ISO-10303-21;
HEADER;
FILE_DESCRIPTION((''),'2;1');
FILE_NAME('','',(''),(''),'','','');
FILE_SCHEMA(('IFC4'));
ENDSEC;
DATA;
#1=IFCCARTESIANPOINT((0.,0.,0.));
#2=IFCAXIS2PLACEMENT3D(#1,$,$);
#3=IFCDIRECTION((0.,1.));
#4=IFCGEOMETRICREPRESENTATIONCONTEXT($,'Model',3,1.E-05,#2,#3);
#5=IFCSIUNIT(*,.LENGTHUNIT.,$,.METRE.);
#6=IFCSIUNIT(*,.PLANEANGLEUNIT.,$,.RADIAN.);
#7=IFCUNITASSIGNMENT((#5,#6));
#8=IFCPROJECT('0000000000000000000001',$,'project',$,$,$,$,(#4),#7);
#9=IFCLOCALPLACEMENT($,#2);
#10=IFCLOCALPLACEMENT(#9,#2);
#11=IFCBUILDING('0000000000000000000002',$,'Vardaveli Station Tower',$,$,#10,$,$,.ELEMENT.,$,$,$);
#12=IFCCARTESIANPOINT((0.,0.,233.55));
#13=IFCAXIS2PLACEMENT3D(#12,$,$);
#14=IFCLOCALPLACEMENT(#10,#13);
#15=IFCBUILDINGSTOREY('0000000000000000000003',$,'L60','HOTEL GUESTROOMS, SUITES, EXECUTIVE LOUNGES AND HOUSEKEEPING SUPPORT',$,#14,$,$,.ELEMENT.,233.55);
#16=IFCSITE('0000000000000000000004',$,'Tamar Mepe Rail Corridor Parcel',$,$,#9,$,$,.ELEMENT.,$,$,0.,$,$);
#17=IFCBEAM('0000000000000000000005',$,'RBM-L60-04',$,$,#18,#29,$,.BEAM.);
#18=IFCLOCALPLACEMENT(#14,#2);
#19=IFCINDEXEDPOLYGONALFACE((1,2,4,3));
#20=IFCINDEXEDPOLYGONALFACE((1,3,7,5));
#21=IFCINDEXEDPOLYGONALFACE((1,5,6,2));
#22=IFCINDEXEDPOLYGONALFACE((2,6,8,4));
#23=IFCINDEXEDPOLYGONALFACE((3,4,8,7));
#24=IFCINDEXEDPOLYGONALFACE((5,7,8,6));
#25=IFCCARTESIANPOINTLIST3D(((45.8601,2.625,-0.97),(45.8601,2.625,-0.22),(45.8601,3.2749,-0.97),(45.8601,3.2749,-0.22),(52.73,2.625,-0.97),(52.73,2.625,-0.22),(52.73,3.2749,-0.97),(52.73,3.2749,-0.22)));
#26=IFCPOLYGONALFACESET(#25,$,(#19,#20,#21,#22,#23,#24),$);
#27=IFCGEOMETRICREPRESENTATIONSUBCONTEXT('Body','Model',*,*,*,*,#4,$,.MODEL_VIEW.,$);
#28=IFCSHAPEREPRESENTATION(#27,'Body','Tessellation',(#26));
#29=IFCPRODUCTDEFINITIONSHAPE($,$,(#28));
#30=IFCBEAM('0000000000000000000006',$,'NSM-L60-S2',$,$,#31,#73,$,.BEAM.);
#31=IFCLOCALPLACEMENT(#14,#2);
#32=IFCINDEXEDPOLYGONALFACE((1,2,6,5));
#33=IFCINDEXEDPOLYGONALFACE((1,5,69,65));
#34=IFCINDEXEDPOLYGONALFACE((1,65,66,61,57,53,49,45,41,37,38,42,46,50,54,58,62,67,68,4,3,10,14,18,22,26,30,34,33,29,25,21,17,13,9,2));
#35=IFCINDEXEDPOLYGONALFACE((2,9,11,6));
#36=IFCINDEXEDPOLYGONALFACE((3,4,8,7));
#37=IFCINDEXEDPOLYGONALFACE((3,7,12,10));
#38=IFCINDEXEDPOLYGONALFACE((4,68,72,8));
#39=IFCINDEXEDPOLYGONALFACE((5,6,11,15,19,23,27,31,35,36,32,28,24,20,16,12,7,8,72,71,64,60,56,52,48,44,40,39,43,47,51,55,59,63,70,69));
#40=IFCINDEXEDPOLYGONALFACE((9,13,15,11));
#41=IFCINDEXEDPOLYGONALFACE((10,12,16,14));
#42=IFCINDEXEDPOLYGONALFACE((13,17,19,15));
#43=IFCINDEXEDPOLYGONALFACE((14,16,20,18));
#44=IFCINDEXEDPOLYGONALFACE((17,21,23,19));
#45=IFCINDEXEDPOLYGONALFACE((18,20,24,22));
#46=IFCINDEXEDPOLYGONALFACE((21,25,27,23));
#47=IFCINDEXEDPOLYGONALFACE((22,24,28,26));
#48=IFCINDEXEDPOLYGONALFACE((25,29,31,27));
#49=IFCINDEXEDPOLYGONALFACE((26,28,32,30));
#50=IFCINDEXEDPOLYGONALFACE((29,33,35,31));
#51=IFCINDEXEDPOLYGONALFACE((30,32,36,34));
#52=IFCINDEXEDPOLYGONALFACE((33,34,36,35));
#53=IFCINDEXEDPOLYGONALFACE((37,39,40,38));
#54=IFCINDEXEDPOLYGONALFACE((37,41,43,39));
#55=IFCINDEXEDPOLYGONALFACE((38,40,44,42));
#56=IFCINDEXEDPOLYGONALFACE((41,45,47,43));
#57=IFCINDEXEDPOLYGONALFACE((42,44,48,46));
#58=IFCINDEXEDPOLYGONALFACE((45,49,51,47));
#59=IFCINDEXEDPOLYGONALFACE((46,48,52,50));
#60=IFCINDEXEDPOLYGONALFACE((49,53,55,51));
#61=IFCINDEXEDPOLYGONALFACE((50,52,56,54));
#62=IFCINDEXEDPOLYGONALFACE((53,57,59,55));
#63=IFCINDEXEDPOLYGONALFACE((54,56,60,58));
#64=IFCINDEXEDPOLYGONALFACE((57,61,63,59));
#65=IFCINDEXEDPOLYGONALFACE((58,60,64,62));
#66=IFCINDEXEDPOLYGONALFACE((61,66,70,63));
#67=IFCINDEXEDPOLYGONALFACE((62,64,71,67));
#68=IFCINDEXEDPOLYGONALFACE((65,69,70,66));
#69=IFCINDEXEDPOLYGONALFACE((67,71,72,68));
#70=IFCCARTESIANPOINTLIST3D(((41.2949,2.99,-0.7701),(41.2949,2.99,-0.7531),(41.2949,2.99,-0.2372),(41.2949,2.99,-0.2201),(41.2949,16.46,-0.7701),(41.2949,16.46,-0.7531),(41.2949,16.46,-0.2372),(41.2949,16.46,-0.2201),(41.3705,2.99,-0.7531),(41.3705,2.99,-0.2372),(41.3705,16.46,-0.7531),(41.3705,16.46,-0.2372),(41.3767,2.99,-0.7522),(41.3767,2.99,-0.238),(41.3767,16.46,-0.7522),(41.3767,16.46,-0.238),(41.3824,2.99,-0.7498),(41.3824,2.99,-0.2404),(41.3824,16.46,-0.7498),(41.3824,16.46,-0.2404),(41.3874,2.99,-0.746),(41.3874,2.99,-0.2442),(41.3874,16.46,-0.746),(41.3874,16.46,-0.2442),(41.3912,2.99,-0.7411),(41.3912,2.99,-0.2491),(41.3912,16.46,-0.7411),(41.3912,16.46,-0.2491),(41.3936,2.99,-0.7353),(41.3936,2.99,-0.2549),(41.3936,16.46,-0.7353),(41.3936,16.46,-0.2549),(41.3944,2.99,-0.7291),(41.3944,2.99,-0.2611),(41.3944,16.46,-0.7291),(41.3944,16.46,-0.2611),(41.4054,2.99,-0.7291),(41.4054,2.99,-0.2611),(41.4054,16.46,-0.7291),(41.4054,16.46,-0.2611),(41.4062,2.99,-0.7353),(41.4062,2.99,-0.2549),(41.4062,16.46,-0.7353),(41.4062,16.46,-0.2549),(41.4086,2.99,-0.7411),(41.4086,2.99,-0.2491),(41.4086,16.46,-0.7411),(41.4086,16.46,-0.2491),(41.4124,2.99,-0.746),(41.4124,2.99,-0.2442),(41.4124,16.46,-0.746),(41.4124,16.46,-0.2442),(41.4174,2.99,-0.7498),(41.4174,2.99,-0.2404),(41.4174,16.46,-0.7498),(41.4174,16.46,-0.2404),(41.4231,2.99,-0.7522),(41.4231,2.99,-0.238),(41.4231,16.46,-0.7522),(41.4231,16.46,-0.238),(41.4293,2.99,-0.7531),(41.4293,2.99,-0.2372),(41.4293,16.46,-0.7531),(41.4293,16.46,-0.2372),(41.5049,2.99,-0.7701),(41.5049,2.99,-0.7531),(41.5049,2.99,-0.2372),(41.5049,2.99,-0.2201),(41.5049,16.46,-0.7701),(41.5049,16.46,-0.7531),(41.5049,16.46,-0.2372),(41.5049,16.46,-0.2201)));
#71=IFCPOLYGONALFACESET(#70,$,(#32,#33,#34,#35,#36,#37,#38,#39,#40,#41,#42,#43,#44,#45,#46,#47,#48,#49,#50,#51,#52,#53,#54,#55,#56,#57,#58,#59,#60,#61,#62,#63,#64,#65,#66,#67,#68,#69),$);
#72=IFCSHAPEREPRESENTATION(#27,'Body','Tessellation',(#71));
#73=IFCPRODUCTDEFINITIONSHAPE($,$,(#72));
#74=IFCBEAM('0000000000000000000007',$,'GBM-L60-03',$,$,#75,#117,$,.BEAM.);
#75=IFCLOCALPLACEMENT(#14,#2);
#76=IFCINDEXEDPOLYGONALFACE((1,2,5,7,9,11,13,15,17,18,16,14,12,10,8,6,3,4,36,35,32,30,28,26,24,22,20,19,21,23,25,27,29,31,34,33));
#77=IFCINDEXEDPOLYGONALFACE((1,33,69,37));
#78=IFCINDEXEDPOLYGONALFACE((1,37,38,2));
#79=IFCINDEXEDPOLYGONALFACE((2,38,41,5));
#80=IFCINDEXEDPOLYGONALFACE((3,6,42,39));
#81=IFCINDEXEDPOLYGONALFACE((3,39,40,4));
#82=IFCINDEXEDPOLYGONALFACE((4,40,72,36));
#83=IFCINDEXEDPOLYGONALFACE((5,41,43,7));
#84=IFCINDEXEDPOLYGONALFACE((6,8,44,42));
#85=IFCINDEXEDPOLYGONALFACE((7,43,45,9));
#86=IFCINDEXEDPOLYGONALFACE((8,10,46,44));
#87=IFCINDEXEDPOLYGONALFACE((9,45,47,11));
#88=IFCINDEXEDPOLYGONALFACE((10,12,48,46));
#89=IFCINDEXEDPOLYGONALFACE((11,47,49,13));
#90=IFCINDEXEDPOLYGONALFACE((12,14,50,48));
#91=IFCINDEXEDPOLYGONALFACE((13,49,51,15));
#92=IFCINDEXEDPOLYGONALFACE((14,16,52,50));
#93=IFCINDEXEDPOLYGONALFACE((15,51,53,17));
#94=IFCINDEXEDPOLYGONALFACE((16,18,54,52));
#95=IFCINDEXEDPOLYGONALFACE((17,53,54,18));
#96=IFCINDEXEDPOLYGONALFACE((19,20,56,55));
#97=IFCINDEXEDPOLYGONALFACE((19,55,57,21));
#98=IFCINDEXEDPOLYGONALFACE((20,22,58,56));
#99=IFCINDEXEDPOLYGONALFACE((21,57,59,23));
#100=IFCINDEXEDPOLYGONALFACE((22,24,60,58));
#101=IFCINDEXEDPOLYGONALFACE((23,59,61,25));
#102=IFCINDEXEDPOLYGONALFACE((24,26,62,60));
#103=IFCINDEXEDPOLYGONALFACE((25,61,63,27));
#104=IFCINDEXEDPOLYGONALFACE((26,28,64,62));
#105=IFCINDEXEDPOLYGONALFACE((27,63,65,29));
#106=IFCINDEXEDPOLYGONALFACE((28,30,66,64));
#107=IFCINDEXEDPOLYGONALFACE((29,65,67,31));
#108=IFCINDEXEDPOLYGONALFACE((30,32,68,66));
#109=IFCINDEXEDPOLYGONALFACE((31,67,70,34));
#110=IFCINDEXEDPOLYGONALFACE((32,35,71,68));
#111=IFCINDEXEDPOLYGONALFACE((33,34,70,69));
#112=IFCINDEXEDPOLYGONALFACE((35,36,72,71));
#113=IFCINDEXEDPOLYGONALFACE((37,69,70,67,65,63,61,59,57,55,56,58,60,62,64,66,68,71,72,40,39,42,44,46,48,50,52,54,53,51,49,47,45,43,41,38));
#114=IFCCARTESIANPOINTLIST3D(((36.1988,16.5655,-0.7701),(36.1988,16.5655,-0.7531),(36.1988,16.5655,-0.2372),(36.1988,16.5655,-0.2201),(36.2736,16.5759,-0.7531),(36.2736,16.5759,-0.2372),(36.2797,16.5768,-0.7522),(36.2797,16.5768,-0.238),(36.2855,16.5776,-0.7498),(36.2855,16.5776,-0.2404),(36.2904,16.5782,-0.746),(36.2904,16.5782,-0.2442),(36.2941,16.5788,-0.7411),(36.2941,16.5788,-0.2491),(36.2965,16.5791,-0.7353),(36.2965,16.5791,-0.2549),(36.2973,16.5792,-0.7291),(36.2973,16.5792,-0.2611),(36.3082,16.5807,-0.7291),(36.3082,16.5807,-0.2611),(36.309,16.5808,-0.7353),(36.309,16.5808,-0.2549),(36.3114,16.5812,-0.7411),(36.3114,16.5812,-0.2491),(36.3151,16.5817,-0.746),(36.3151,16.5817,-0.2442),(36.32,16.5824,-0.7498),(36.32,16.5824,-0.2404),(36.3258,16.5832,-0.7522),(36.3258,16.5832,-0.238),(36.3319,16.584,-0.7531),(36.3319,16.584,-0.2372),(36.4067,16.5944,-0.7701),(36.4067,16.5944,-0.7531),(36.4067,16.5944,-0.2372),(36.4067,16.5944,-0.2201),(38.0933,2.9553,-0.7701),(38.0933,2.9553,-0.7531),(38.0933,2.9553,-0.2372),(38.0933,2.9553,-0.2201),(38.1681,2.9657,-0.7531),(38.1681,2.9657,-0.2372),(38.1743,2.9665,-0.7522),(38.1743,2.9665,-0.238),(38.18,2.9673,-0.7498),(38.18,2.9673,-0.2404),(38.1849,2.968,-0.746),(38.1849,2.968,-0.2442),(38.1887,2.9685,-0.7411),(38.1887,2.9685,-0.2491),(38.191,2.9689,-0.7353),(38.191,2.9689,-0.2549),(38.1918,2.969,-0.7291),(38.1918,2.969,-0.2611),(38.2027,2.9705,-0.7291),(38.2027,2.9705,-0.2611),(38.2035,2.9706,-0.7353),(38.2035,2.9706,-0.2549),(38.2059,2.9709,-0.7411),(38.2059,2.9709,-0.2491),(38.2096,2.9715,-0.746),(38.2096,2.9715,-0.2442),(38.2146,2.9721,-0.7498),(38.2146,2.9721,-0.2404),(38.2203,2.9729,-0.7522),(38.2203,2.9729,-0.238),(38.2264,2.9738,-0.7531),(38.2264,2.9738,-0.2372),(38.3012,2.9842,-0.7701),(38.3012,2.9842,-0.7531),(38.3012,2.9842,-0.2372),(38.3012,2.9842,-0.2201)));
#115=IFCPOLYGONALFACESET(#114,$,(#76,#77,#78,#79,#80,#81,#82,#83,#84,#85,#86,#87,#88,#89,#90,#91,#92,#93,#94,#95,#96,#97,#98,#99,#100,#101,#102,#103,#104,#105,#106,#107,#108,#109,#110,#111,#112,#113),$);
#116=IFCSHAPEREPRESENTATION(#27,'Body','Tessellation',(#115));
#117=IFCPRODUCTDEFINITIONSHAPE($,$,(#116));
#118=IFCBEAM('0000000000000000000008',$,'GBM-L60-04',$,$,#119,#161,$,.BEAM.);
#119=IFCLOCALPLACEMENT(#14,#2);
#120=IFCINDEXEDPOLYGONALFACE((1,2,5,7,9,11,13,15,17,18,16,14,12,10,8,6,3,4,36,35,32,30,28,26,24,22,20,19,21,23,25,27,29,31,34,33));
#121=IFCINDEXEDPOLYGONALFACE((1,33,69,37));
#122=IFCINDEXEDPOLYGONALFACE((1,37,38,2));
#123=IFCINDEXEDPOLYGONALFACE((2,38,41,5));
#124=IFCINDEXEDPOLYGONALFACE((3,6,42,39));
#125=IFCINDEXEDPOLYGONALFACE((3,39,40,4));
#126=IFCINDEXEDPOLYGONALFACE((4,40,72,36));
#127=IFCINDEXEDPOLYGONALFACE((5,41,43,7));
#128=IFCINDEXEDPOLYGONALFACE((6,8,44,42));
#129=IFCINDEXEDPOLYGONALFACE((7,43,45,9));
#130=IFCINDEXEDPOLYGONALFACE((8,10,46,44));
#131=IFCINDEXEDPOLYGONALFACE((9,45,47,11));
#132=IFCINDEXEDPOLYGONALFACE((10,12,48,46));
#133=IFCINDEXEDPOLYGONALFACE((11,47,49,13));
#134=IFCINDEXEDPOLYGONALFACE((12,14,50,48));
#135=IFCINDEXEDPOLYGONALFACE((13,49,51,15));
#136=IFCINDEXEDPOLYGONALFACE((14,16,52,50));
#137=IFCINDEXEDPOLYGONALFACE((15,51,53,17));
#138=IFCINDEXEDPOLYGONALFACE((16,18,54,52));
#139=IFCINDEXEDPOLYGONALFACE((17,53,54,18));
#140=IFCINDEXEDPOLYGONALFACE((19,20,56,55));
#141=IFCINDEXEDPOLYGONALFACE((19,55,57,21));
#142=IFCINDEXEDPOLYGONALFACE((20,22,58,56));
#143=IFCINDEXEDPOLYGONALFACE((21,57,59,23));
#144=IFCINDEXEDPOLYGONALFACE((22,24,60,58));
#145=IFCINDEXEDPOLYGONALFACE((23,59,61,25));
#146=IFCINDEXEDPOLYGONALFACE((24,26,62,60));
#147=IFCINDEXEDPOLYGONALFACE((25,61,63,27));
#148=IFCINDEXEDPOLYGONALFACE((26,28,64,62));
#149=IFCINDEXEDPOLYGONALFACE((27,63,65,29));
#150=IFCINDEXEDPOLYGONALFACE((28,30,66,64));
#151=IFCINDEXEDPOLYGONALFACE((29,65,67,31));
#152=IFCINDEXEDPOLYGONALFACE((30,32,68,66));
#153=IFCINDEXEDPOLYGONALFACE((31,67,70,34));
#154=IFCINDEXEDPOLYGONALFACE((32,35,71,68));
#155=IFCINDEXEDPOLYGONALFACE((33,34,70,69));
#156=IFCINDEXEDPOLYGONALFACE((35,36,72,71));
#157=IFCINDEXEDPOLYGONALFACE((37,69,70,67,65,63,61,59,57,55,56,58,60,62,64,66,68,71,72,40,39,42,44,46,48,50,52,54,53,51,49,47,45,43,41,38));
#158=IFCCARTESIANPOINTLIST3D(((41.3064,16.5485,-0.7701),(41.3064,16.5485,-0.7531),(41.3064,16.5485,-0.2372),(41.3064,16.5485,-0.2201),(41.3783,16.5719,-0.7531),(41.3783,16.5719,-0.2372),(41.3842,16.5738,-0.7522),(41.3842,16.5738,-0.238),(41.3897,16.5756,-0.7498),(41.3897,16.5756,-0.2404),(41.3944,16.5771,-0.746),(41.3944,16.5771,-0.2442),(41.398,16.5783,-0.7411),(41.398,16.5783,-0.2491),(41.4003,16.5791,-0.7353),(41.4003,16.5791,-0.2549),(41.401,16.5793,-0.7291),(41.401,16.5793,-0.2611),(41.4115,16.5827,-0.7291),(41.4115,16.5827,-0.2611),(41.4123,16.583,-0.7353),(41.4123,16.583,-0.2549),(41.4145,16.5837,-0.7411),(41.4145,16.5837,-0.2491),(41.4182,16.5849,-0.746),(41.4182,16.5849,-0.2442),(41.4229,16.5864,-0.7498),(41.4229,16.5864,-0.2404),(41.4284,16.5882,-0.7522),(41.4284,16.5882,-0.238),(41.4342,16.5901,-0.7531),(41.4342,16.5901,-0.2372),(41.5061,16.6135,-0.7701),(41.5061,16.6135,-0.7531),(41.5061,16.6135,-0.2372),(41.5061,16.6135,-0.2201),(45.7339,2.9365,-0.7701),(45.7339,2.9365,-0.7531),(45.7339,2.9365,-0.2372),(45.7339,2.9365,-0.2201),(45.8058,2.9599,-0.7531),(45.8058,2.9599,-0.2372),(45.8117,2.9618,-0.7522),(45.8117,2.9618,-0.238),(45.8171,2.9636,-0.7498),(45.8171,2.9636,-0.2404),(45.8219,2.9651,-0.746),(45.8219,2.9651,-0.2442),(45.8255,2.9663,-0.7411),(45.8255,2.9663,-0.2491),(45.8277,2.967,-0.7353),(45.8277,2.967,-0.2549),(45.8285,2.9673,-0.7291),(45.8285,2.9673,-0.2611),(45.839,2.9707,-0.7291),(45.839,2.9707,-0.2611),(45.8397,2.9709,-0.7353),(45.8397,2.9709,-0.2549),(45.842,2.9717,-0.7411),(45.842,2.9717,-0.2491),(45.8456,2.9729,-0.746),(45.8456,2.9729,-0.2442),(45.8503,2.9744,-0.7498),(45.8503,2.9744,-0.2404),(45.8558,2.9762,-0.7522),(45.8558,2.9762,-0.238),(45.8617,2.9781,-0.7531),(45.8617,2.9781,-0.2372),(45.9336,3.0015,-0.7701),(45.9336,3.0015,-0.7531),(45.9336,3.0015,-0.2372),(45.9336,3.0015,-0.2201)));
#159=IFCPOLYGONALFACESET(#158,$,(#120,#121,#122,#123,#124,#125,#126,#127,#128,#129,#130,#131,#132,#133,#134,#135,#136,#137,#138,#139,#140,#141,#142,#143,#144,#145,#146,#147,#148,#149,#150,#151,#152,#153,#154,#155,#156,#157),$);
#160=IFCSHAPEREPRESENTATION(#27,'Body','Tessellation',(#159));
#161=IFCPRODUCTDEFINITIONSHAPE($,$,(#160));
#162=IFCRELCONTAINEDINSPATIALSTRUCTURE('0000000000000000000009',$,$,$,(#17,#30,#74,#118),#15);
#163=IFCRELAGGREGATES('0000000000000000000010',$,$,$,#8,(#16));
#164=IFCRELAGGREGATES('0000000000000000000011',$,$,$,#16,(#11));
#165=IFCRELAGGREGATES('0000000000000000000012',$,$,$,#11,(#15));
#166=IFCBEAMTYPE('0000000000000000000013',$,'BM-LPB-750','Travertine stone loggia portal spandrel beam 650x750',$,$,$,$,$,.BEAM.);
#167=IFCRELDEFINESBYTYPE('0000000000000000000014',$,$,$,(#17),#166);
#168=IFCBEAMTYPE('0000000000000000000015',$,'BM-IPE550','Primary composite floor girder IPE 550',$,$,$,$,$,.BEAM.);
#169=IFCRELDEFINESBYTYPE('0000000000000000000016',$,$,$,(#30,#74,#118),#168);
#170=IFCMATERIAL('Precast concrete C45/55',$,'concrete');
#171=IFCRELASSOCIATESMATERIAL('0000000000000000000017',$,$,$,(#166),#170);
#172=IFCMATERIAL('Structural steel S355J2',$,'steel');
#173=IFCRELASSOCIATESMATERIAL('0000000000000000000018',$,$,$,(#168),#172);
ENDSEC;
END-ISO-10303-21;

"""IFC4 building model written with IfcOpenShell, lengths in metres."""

from ifc_helpers import new_model, si_unit, direction, frame, origin, origin_2d, place, context, subcontext, project, spatial, rectangle, i_section, extrude, source, transform, mapped, material, material_profile, profile_set, type_object, element, save


model = new_model("IFC4")

# Units and contexts
model_context = context("Model", 3, precision=1e-05, world=origin(), true_north=direction((0.0, 1.0)))
body_context = subcontext(model_context, "Body", "Model", "MODEL_VIEW")
ifc_project = project(units=[si_unit("LENGTHUNIT", "METRE"), si_unit("PLANEANGLEUNIT", "RADIAN")], contexts=[model_context])

# Site, building, storey
site_placement = place(None, origin())
site = spatial("IfcSite", under=ifc_project, at=site_placement, Name="Tamar Mepe Rail Corridor Parcel", CompositionType="ELEMENT", RefElevation=0.0)
building_placement = place(site_placement, origin())
building = spatial("IfcBuilding", under=site, at=building_placement, Name="Vardaveli Station Tower", CompositionType="ELEMENT")
storey_placement = place(building_placement, frame((0.0, 0.0, 233.55)))
storey = spatial("IfcBuildingStorey", under=building, at=storey_placement, Name="L60", Description="HOTEL GUESTROOMS, SUITES, EXECUTIVE LOUNGES AND HOUSEKEEPING SUPPORT", CompositionType="ELEMENT", Elevation=233.55)

# Beams
ifc_material_1 = material(Name="Structural steel S355J2", Category="steel")
ifc_material_2 = material(Name="Precast concrete C45/55", Category="concrete")
ifc_material_profile_1 = material_profile(ifc_material_2, rectangle(XDim=0.6499, YDim=0.75, at=origin_2d()), Name="LPB 650x750")
ifc_profile_set_1 = profile_set([ifc_material_profile_1], Name="Precast concrete C45/55")
beam_type_1 = type_object("IfcBeamType", Name="BM-LPB-750", Description="Travertine stone loggia portal spandrel beam 650x750", PredefinedType="BEAM", material=ifc_profile_set_1)
shared_shape_1 = source(origin(), body_context, "Body", "SweptSolid", [
    extrude(rectangle(XDim=0.6499, YDim=0.75, at=origin_2d()), origin(), (0.0, 0.0, 1.0), 6.8699),
])
beam_1_placement = place(storey_placement, frame((45.8601, 2.95, -0.595), z_axis=(1.0, 0.0, 0.0), x_axis=(0.0, 1.0, 0.0)))
element("IfcBeam", 1, at=beam_1_placement, inside=storey, type_object=beam_type_1, Name="RBM-L60-04", PredefinedType="BEAM", context=body_context, shape_type="MappedRepresentation", body=[
    mapped(shared_shape_1, transform((0.0, 0.0, 0.0), scale=1.0)),
])
ifc_material_profile_2 = material_profile(ifc_material_1, i_section(OverallWidth=0.21, OverallDepth=0.55, WebThickness=0.011, FlangeThickness=0.0171, FilletRadius=0.0239, at=origin_2d()), Name="IPE 550")
ifc_profile_set_2 = profile_set([ifc_material_profile_2], Name="Structural steel S355J2")
beam_type_2 = type_object("IfcBeamType", Name="BM-IPE550", Description="Primary composite floor girder IPE 550", PredefinedType="BEAM", material=ifc_profile_set_2)
shared_shape_2 = source(origin(), body_context, "Body", "SweptSolid", [
    extrude(i_section(OverallWidth=0.21, OverallDepth=0.55, WebThickness=0.011, FlangeThickness=0.0171, FilletRadius=0.0239, at=origin_2d()), origin(), (0.0, 0.0, 1.0), 13.47),
])
beam_2_placement = place(storey_placement, frame((41.3999, 2.99, -0.4951), z_axis=(0.0, 1.0, 0.0), x_axis=(-1.0, 0.0, 0.0)))
element("IfcBeam", 2, at=beam_2_placement, inside=storey, type_object=beam_type_2, Name="NSM-L60-S2", PredefinedType="BEAM", context=body_context, shape_type="MappedRepresentation", body=[
    mapped(shared_shape_2, transform((0.0, 0.0, 0.0), scale=1.0)),
])
shared_shape_3 = source(origin(), body_context, "Body", "SweptSolid", [
    extrude(i_section(OverallWidth=0.21, OverallDepth=0.55, WebThickness=0.011, FlangeThickness=0.0171, FilletRadius=0.0239, at=origin_2d()), origin(), (0.0, 0.0, 1.0), 13.7415),
])
beam_3_placement = place(storey_placement, frame((38.1973, 2.9697, -0.4951), z_axis=(-0.137869, 0.990451, 0.0), x_axis=(-0.990451, -0.137869, 0.0)))
element("IfcBeam", 3, at=beam_3_placement, inside=storey, type_object=beam_type_2, Name="GBM-L60-03", PredefinedType="BEAM", context=body_context, shape_type="MappedRepresentation", body=[
    mapped(shared_shape_3, transform((0.0, 0.0, 0.0), scale=1.0)),
])
shared_shape_4 = source(origin(), body_context, "Body", "SweptSolid", [
    extrude(i_section(OverallWidth=0.21, OverallDepth=0.55, WebThickness=0.011, FlangeThickness=0.0171, FilletRadius=0.0239, at=origin_2d()), origin(), (0.0, 0.0, 1.0), 14.314),
])
beam_4_placement = place(storey_placement, frame((45.8337, 2.969, -0.4951), z_axis=(-0.309312, 0.950961, 0.0), x_axis=(-0.950961, -0.309312, 0.0)))
element("IfcBeam", 4, at=beam_4_placement, inside=storey, type_object=beam_type_2, Name="GBM-L60-04", PredefinedType="BEAM", context=body_context, shape_type="MappedRepresentation", body=[
    mapped(shared_shape_4, transform((0.0, 0.0, 0.0), scale=1.0)),
])

save(model, "model.ifc")
